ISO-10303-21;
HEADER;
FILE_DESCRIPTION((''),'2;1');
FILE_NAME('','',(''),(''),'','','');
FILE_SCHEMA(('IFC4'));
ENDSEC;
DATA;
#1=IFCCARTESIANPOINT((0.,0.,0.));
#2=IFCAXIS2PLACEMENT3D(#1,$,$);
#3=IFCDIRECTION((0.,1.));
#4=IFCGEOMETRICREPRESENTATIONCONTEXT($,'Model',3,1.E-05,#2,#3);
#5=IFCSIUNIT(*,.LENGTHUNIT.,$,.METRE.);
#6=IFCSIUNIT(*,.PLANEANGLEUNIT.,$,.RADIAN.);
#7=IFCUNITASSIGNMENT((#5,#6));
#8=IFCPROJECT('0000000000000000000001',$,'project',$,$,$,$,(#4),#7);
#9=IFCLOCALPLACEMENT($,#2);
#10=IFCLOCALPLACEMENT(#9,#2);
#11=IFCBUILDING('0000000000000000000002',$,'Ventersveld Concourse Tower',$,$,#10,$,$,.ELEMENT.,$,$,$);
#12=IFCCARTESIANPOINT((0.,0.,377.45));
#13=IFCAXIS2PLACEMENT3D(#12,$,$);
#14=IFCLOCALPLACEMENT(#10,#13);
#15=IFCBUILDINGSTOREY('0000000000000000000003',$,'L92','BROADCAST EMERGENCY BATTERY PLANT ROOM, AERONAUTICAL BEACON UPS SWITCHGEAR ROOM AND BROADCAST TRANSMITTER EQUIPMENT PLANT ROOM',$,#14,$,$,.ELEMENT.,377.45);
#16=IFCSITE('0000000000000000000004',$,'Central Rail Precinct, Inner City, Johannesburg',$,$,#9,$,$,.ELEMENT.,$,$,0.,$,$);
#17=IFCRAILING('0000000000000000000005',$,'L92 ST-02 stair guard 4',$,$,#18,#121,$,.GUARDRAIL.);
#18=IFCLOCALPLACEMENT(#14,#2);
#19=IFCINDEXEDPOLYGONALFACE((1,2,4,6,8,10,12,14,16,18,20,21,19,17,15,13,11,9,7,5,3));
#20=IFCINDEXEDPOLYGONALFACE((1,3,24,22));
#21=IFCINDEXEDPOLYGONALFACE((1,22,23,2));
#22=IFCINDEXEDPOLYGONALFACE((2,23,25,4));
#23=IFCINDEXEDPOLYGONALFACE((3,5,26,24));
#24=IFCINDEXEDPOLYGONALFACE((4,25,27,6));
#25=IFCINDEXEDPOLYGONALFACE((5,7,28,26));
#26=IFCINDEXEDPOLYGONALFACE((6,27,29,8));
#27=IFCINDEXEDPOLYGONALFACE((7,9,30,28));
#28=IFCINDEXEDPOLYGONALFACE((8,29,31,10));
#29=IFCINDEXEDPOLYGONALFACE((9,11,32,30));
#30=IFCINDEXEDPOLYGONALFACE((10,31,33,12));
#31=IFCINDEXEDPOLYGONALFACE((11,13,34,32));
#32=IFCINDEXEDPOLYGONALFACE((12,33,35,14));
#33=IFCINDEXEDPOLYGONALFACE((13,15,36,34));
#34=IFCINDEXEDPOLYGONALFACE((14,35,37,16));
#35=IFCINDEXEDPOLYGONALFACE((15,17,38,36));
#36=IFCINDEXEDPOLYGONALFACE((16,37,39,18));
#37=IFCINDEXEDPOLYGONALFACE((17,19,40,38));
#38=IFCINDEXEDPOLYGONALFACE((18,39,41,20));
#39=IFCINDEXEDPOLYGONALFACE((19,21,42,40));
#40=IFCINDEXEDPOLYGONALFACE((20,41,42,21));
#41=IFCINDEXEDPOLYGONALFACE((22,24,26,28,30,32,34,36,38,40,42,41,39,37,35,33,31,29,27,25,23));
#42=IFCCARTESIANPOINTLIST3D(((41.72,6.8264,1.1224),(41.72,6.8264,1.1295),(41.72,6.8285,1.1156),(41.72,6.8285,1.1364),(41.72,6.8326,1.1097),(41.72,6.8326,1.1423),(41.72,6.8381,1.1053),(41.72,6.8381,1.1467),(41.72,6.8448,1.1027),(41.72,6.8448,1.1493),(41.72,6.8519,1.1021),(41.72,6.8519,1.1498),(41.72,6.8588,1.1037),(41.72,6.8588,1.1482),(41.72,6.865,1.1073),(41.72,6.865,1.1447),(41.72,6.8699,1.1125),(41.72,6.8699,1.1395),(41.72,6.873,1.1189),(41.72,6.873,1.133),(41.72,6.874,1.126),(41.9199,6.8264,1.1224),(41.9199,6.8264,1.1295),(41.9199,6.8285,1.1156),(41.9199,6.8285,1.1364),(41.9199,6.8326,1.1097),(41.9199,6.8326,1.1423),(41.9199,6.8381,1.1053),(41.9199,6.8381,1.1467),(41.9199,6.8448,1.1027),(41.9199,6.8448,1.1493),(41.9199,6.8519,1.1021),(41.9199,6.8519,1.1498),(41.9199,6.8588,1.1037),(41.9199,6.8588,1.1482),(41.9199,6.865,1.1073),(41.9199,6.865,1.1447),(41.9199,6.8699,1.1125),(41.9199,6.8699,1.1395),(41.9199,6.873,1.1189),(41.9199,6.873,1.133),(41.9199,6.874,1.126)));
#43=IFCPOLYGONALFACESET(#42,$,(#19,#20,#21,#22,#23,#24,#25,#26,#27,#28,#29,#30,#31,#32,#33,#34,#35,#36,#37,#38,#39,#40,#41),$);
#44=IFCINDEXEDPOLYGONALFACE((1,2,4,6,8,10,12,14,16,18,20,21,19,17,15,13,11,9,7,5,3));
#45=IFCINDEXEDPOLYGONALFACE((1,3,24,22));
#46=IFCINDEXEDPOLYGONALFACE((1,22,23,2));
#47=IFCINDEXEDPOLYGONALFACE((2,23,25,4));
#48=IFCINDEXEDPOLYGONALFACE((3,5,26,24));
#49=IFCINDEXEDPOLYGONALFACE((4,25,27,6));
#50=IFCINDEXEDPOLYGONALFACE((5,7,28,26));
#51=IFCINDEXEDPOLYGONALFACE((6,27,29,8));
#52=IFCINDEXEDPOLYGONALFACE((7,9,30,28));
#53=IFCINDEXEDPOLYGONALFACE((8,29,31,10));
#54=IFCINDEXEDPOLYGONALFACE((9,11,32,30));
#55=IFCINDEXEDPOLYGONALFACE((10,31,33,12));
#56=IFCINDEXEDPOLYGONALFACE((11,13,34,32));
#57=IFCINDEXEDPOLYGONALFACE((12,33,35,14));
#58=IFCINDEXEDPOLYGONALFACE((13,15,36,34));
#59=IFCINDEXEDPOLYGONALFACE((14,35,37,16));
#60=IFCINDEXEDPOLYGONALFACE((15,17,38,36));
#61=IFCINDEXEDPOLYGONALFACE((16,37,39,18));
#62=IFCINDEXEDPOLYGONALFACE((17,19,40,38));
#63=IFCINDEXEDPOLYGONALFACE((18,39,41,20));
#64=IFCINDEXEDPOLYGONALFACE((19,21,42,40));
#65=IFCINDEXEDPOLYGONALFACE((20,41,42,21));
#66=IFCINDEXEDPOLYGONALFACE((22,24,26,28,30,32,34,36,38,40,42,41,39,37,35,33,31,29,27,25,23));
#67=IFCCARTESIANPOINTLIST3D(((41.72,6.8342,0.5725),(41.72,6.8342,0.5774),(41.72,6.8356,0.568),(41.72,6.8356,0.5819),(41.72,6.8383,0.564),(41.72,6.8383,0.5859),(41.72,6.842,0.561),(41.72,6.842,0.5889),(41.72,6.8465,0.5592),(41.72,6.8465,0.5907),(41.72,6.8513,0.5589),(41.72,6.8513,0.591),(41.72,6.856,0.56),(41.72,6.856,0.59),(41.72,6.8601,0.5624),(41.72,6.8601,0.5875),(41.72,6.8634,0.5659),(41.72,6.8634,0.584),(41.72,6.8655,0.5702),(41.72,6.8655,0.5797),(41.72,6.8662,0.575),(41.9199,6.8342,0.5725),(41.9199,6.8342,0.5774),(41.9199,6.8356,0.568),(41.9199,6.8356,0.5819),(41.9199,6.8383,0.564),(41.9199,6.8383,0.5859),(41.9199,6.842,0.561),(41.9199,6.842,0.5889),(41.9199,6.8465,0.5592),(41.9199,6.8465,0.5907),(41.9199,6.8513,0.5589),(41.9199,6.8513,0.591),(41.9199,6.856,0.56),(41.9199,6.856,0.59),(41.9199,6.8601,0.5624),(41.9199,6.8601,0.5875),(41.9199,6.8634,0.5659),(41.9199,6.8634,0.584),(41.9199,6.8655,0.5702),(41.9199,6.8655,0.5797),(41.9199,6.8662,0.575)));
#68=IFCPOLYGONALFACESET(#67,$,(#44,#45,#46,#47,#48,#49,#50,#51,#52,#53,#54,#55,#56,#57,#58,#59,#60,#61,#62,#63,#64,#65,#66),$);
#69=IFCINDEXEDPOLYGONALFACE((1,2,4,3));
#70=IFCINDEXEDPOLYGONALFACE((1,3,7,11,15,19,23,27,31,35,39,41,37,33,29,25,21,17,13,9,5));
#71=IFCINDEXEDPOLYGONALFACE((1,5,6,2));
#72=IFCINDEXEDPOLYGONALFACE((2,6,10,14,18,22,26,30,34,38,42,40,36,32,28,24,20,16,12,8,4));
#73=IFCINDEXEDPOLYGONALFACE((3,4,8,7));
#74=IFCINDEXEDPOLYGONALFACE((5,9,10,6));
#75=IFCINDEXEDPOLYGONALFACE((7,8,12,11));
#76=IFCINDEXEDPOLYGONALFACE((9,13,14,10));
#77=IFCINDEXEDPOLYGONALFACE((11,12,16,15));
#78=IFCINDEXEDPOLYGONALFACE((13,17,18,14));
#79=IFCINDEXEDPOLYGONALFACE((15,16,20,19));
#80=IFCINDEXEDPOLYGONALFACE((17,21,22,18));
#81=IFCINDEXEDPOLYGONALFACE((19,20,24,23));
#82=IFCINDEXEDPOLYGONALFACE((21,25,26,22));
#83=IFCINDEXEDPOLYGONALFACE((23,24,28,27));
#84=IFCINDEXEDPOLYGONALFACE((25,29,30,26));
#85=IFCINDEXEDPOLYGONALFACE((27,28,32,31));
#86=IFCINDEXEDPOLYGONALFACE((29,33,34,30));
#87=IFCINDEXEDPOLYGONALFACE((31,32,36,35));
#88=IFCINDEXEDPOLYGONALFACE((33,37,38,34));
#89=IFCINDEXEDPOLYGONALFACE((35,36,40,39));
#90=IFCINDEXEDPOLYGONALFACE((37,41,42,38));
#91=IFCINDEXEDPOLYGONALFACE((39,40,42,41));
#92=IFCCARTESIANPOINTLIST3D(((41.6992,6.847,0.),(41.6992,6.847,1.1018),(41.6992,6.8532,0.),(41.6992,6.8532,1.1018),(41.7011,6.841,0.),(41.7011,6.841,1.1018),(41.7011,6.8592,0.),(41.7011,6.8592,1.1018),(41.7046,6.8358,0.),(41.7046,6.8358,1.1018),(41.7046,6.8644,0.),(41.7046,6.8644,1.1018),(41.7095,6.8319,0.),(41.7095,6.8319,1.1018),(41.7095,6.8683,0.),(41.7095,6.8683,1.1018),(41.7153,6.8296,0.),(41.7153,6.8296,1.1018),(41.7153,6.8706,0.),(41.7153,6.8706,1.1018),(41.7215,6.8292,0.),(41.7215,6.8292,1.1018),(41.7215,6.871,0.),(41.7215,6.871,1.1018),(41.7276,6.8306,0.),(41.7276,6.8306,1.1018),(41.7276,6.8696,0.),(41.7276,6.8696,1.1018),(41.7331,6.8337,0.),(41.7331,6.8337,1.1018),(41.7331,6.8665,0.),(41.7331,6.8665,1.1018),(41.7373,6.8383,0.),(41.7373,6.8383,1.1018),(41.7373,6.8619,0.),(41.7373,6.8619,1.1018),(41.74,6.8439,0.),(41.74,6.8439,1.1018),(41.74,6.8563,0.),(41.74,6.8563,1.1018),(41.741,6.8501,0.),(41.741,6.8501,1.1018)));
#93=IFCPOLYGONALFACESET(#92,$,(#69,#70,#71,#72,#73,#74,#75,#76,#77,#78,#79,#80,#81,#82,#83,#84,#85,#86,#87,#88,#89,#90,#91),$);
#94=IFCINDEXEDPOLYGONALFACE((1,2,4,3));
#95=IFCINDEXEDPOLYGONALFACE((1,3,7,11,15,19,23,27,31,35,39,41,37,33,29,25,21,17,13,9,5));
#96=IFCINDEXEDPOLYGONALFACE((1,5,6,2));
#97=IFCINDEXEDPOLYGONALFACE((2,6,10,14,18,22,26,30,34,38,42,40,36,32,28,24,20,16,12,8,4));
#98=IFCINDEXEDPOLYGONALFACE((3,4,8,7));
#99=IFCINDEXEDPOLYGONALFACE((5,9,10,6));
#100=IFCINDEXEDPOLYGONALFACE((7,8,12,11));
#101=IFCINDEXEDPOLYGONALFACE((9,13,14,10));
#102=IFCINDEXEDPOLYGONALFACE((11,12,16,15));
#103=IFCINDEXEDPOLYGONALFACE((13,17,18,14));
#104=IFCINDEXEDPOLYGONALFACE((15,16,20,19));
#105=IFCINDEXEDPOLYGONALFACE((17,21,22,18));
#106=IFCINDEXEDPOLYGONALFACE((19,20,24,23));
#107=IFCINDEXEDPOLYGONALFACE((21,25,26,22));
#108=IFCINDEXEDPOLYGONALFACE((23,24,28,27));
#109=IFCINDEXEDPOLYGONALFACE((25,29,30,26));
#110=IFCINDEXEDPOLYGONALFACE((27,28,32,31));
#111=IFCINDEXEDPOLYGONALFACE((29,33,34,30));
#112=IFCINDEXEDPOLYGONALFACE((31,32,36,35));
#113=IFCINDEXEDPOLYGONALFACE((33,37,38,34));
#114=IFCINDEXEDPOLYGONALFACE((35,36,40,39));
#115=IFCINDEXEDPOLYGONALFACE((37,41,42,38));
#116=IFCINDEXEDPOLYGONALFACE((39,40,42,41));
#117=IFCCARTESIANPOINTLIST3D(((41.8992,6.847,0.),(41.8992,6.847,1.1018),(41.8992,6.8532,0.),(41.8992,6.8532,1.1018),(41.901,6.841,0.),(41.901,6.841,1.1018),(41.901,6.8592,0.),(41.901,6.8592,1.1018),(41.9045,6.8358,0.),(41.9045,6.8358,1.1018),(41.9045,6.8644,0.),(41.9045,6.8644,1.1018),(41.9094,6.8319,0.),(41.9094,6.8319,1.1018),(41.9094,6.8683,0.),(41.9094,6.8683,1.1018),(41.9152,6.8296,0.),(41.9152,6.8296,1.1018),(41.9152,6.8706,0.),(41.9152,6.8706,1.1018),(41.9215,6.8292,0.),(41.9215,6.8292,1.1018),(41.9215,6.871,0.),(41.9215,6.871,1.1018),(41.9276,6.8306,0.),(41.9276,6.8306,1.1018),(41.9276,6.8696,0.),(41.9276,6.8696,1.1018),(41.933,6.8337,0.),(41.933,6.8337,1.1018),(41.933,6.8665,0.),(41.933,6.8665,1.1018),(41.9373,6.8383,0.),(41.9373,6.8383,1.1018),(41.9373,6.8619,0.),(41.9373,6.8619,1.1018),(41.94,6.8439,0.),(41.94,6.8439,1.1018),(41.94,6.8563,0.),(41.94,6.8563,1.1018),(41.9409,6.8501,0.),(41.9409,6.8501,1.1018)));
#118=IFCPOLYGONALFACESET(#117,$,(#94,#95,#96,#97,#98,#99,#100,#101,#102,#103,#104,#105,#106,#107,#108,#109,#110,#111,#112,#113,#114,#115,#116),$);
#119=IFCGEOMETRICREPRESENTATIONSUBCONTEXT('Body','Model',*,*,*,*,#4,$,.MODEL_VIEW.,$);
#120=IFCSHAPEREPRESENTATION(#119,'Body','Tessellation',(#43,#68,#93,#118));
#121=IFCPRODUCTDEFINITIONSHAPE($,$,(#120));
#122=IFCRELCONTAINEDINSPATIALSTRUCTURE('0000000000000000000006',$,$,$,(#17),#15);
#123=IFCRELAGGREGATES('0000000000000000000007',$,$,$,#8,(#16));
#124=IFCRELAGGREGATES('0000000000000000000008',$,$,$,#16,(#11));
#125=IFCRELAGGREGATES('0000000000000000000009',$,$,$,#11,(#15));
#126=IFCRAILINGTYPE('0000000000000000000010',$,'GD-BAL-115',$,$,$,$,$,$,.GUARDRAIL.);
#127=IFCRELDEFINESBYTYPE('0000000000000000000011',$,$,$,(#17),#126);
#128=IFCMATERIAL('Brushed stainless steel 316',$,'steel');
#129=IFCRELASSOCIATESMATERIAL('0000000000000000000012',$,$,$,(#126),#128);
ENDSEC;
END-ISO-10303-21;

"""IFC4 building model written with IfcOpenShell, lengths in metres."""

from ifc_helpers import new_model, si_unit, direction, frame, origin, origin_2d, place, context, subcontext, project, spatial, circle, extrude, material, type_object, element, save


model = new_model("IFC4")

# Units and contexts
model_context = context("Model", 3, precision=1e-05, world=origin(), true_north=direction((0.0, 1.0)))
body_context = subcontext(model_context, "Body", "Model", "MODEL_VIEW")
ifc_project = project(units=[si_unit("LENGTHUNIT", "METRE"), si_unit("PLANEANGLEUNIT", "RADIAN")], contexts=[model_context])

# Site, building, storey
site_placement = place(None, origin())
site = spatial("IfcSite", under=ifc_project, at=site_placement, Name="Central Rail Precinct, Inner City, Johannesburg", CompositionType="ELEMENT", RefElevation=0.0)
building_placement = place(site_placement, origin())
building = spatial("IfcBuilding", under=site, at=building_placement, Name="Ventersveld Concourse Tower", CompositionType="ELEMENT")
storey_placement = place(building_placement, frame((0.0, 0.0, 377.45)))
storey = spatial("IfcBuildingStorey", under=building, at=storey_placement, Name="L92", Description="BROADCAST EMERGENCY BATTERY PLANT ROOM, AERONAUTICAL BEACON UPS SWITCHGEAR ROOM AND BROADCAST TRANSMITTER EQUIPMENT PLANT ROOM", CompositionType="ELEMENT", Elevation=377.45)

# Railing
ifc_material_1 = material(Name="Brushed stainless steel 316", Category="steel")
railing_type_1 = type_object("IfcRailingType", Name="GD-BAL-115", PredefinedType="GUARDRAIL", material=ifc_material_1)
railing_1_placement = place(storey_placement, frame((41.72, 6.8501, 0.0)))
element("IfcRailing", 1, at=railing_1_placement, inside=storey, type_object=railing_type_1, Name="L92 ST-02 stair guard 4", PredefinedType="GUARDRAIL", context=body_context, shape_type="SweptSolid", body=[
    extrude(circle(Radius=0.0239, at=origin_2d()), frame((0.0, 0.0, 1.126), z_axis=(1.0, 0.0, 0.0), x_axis=(0.0, 1.0, 0.0)), (0.0, 0.0, 1.0), 0.2),
    extrude(circle(Radius=0.0161, at=origin_2d()), frame((0.0, 0.0, 0.575), z_axis=(1.0, 0.0, 0.0), x_axis=(0.0, 1.0, 0.0)), (0.0, 0.0, 1.0), 0.2),
    extrude(circle(Radius=0.021, at=origin_2d()), origin(), (0.0, 0.0, 1.0), 1.1018),
    extrude(circle(Radius=0.021, at=origin_2d()), frame((0.2, 0.0, 0.0)), (0.0, 0.0, 1.0), 1.1018),
])

save(model, "model.ifc")
